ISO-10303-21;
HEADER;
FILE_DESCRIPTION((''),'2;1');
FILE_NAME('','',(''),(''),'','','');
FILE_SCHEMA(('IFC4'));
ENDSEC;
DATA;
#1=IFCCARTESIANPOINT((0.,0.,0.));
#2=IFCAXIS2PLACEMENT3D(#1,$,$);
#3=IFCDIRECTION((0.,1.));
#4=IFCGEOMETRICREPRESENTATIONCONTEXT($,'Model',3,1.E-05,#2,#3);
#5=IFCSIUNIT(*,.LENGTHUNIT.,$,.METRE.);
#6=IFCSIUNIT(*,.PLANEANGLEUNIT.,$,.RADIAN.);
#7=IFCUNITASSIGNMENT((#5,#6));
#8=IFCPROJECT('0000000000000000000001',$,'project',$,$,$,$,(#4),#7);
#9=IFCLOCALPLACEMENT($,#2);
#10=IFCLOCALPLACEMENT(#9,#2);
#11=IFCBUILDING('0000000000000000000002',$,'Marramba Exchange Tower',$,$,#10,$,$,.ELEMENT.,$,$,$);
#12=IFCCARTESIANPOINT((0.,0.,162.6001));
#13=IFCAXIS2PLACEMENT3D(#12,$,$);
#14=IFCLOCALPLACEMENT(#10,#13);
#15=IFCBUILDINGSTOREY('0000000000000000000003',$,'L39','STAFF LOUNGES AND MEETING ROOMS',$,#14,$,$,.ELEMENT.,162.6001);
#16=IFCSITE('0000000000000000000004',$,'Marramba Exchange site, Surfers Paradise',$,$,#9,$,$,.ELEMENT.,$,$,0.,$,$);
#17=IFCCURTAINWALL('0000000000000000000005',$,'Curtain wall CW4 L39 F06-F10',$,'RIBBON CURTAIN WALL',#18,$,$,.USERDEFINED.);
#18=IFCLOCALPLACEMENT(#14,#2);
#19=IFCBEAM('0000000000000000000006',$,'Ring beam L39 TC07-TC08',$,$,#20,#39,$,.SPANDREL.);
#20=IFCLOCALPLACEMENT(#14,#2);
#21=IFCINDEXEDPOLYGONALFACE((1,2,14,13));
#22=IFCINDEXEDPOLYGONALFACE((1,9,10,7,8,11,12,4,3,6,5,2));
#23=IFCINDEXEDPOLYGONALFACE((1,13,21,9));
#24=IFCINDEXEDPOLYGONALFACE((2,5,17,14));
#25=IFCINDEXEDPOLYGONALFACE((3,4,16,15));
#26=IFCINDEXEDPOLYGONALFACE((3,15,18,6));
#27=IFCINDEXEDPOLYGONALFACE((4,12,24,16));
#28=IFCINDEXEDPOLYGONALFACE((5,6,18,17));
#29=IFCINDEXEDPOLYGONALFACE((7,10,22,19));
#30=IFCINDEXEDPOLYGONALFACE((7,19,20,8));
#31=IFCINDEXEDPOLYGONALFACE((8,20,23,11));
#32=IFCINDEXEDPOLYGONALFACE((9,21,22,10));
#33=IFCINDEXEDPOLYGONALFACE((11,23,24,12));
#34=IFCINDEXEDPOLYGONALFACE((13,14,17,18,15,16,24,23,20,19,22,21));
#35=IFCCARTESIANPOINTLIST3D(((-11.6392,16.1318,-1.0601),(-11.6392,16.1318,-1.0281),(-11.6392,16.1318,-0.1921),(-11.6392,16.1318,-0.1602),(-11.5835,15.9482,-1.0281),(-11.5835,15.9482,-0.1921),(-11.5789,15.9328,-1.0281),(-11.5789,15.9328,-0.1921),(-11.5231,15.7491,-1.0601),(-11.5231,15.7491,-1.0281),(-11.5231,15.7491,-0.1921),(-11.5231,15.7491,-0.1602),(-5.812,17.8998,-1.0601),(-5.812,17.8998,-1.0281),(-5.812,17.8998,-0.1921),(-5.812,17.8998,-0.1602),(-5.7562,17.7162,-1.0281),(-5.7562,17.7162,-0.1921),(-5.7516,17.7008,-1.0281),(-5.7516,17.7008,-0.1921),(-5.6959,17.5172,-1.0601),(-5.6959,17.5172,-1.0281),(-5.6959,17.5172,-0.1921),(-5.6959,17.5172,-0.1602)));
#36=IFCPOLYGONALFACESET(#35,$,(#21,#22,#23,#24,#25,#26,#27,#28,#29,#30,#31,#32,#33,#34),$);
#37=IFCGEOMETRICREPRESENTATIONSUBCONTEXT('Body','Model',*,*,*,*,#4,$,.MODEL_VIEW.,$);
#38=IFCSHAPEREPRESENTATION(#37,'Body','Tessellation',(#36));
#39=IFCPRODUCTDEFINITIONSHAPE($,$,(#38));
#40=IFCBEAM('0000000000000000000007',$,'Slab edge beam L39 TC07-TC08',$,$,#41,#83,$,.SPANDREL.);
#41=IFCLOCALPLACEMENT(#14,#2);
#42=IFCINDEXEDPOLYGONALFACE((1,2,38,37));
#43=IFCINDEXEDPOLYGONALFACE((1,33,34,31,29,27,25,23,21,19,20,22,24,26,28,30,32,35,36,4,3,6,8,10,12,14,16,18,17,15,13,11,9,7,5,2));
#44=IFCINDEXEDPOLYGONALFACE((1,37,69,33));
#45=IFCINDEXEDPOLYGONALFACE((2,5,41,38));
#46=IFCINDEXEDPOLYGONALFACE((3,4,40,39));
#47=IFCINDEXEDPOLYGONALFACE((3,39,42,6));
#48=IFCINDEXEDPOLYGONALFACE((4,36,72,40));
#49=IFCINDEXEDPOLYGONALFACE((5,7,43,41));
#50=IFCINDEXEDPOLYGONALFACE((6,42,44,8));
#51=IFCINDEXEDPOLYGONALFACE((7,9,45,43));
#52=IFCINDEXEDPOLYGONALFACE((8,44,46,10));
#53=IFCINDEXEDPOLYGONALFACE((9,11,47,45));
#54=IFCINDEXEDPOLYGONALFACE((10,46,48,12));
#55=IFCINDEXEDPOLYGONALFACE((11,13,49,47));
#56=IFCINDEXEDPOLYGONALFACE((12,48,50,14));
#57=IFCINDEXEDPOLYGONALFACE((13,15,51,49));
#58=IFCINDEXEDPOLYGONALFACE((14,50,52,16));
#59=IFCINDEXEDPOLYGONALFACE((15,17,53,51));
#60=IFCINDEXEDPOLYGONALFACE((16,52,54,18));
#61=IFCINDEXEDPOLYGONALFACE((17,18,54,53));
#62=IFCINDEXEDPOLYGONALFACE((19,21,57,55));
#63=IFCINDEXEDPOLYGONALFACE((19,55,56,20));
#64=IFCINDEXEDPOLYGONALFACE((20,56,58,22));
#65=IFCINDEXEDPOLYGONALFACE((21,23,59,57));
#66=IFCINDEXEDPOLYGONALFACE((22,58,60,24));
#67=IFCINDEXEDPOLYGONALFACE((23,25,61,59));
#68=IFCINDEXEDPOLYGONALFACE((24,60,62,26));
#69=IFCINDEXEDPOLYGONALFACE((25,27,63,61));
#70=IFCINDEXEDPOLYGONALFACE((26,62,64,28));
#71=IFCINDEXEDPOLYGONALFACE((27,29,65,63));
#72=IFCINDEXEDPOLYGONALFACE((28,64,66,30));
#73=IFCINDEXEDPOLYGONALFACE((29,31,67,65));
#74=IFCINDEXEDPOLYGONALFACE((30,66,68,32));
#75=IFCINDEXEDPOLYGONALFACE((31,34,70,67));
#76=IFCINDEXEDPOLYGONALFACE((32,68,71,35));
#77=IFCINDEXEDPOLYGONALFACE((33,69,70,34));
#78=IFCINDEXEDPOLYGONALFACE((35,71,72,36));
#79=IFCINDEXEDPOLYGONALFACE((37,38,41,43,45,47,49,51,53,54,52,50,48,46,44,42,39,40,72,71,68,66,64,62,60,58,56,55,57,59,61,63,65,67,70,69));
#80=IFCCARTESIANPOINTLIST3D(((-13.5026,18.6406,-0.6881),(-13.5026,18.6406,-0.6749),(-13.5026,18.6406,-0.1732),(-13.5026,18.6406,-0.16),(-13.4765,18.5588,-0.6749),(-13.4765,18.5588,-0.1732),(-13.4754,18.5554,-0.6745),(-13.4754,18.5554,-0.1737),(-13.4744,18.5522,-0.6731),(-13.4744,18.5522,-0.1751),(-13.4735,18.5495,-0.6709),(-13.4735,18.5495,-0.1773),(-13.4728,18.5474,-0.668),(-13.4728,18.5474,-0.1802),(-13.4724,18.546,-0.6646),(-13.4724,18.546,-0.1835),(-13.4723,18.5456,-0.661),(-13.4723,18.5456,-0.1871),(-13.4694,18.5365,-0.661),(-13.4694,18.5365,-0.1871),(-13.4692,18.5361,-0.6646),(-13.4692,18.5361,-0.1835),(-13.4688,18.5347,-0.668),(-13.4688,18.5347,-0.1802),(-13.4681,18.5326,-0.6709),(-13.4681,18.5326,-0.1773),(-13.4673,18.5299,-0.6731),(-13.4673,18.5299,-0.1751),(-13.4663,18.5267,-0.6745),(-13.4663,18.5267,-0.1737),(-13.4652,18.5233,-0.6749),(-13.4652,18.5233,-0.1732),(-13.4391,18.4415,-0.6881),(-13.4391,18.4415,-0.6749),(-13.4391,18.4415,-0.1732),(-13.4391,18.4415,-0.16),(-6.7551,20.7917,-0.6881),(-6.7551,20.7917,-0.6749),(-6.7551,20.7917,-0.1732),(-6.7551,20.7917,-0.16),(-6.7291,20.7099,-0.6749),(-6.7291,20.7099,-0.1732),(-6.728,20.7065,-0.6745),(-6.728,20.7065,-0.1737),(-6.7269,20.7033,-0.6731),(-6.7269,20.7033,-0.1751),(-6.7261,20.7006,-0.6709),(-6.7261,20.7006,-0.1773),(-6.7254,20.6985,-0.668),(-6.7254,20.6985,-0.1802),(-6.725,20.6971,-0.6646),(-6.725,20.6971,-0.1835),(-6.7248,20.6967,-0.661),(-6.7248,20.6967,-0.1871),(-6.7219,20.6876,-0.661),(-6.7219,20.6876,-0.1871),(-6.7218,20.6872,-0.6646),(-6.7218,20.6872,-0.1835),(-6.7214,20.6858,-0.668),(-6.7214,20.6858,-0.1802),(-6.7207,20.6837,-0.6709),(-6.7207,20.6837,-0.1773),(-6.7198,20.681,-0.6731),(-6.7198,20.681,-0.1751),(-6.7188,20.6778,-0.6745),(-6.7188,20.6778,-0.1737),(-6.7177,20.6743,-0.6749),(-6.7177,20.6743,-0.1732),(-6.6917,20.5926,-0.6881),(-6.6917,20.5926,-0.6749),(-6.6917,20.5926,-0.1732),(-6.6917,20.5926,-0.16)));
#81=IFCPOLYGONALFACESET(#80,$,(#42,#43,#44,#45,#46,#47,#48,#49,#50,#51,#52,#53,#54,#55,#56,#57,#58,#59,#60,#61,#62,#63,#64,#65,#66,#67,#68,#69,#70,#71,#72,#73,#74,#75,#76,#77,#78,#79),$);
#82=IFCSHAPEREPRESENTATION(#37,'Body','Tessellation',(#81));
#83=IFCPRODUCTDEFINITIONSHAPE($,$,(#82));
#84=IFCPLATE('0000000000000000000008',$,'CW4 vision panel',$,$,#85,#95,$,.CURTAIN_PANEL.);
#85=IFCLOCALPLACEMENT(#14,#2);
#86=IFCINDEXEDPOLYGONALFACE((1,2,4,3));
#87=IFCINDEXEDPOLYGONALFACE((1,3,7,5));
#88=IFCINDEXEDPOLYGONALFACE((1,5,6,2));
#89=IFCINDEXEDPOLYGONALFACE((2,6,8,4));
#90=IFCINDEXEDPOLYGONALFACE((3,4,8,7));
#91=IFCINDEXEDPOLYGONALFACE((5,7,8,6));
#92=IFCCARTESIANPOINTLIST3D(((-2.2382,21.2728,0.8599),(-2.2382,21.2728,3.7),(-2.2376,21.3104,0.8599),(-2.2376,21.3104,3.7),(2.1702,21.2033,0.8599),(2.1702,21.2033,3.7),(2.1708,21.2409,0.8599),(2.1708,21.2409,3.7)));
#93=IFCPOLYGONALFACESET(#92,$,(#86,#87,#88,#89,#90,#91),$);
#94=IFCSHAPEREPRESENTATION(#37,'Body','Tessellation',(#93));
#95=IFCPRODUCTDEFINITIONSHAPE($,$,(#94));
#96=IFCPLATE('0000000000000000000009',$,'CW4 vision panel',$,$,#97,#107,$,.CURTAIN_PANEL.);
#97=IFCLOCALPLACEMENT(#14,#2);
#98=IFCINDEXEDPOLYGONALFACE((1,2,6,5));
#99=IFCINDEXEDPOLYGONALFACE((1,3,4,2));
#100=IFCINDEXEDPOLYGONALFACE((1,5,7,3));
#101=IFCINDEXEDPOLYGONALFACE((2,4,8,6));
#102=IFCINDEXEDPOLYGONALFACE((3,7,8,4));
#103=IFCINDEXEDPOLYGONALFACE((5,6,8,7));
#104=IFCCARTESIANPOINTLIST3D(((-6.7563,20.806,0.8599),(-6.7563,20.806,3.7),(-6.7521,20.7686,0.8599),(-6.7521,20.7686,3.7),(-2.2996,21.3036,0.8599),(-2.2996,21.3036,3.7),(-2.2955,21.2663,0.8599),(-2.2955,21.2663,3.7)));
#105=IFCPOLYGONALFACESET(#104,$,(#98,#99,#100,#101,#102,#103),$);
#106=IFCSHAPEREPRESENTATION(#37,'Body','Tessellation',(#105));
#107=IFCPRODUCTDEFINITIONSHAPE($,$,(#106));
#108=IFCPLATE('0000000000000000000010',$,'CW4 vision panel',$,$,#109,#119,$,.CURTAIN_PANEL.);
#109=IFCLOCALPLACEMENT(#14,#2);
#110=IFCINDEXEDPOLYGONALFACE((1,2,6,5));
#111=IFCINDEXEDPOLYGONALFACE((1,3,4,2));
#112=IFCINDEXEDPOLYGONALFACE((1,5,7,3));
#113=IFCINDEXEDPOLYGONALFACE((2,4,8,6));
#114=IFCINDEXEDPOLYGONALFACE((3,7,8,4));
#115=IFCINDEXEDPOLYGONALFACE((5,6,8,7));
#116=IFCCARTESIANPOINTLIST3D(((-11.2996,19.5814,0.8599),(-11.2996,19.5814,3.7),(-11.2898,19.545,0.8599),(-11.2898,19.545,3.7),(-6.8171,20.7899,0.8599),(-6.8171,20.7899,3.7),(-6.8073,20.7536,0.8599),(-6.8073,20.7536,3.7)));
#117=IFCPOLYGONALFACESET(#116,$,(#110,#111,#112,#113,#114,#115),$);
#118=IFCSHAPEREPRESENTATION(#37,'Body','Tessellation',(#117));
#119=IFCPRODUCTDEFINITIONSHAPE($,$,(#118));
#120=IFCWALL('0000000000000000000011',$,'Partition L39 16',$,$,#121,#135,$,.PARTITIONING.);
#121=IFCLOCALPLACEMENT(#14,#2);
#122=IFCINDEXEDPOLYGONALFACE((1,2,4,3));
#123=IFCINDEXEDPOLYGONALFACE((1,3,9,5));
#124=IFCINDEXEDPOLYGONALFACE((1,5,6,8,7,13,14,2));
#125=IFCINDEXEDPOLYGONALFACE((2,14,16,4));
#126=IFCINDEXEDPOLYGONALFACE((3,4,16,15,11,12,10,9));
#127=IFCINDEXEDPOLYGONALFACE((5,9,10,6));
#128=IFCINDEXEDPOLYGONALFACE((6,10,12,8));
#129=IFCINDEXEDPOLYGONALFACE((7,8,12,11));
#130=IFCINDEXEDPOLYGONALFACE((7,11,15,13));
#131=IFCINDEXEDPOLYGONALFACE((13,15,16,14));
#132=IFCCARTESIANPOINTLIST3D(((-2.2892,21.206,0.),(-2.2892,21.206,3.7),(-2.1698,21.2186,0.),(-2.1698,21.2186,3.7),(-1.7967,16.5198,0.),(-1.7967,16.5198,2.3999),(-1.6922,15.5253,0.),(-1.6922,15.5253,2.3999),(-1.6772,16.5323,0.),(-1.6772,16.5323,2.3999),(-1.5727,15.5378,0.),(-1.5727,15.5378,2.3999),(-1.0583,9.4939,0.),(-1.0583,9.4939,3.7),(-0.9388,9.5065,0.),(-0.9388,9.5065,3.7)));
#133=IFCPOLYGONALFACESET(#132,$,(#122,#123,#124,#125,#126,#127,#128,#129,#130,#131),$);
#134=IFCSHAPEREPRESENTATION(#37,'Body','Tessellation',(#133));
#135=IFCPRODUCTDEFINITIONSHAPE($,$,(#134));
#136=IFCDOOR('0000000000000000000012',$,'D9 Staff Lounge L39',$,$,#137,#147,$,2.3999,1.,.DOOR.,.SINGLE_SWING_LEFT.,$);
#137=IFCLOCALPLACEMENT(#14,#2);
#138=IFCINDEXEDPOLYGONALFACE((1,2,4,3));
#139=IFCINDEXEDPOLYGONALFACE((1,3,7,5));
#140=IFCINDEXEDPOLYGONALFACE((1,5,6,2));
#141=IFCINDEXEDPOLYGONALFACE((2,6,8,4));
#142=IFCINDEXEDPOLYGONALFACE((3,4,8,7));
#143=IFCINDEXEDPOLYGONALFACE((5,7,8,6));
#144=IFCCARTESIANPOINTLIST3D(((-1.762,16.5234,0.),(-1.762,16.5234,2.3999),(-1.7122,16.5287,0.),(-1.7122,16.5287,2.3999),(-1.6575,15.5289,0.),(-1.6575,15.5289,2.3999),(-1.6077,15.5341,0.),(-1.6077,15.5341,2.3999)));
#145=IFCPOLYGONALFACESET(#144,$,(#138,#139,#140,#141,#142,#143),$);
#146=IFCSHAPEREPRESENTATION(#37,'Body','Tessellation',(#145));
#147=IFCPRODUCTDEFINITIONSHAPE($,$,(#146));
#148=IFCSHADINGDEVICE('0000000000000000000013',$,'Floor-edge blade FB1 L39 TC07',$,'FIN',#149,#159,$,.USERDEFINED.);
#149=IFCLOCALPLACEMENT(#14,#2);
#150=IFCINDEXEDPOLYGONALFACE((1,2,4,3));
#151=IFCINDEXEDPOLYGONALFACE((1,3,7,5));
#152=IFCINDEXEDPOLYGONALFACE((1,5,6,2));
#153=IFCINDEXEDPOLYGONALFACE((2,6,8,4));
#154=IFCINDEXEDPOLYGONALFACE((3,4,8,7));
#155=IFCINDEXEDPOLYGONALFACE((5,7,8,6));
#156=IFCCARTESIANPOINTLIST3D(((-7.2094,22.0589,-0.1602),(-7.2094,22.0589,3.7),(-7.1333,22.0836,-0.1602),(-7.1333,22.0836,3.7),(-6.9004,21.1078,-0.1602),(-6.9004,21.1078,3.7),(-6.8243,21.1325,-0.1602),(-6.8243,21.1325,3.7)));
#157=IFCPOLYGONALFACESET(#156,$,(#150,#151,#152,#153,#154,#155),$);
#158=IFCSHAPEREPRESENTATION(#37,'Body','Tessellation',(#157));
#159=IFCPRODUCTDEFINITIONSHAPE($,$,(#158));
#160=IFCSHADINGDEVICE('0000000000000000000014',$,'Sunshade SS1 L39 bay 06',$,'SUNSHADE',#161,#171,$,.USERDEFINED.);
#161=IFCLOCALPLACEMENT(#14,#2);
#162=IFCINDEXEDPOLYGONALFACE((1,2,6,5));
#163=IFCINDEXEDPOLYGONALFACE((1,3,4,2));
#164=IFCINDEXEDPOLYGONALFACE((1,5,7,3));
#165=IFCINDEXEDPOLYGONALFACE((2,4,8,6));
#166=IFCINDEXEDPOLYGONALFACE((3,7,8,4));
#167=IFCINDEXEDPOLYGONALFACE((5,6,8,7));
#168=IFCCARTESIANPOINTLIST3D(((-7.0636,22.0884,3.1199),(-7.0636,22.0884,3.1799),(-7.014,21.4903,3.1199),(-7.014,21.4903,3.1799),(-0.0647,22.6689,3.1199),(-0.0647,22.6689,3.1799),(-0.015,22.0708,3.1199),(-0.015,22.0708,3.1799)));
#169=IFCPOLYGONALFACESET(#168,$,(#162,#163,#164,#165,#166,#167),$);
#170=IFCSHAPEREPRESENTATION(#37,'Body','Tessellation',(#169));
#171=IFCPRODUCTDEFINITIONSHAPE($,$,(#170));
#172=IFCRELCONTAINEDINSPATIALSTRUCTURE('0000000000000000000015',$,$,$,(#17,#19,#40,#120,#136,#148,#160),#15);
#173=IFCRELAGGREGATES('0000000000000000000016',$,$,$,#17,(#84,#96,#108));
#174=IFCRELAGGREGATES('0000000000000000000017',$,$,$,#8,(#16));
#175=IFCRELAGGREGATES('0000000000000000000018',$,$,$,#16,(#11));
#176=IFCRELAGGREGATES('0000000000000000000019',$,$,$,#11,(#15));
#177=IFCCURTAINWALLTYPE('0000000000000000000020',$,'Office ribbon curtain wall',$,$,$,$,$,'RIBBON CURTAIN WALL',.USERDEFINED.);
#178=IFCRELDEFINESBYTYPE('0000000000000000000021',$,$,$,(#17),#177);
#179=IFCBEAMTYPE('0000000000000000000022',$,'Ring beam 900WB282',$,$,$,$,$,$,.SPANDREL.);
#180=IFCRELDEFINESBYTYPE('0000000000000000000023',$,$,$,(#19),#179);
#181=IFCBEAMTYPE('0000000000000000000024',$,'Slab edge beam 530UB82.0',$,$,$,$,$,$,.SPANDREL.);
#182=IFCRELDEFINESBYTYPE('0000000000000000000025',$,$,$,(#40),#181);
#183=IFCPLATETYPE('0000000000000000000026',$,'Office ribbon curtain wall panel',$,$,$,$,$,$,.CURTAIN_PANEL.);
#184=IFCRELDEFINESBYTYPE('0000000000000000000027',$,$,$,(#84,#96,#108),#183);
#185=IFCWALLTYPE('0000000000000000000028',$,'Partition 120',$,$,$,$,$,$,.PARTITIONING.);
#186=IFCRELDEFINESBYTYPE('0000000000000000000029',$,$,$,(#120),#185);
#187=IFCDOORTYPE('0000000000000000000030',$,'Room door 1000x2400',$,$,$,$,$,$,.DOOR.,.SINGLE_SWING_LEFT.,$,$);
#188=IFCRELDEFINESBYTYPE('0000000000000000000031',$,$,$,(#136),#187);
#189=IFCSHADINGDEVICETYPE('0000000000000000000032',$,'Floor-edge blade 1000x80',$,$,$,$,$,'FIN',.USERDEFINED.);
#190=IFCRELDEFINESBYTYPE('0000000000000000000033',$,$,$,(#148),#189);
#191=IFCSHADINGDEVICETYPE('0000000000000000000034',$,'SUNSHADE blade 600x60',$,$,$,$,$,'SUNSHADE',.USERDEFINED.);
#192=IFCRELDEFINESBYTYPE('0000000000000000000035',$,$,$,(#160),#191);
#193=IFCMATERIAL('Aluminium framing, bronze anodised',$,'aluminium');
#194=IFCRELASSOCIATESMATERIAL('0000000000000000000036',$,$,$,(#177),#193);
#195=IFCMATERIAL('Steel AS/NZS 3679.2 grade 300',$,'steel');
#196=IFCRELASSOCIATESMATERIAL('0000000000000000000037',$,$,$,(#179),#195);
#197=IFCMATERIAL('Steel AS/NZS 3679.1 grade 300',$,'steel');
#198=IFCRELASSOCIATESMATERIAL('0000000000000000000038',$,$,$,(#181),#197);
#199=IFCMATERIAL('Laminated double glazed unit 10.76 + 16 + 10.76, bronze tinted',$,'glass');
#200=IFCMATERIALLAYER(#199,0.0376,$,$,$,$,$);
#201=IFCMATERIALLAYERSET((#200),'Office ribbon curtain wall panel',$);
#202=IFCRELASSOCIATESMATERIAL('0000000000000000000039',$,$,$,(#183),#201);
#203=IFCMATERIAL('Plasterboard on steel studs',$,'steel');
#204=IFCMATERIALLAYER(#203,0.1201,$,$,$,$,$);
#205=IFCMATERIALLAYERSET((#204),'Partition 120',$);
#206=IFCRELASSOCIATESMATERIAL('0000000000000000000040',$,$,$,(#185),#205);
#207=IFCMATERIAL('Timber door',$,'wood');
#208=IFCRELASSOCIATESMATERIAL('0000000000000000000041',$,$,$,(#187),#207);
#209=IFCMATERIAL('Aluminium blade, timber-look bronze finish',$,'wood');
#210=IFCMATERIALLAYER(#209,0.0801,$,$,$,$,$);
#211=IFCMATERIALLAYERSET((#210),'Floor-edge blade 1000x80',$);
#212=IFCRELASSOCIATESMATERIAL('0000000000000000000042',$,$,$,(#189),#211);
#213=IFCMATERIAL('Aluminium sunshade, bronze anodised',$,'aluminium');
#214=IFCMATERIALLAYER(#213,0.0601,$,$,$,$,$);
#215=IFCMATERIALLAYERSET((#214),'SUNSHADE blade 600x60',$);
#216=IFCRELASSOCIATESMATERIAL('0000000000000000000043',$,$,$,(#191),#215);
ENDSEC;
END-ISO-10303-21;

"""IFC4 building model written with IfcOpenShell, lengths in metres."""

from ifc_helpers import new_model, si_unit, direction, frame, frame_2d, origin, origin_2d, place, context, subcontext, project, spatial, rectangle, i_section, extrude, material, layer, layer_set, material_profile, profile_set, type_object, element, fill, aggregate, save


model = new_model("IFC4")

# Units and contexts
model_context = context("Model", 3, precision=1e-05, world=origin(), true_north=direction((0.0, 1.0)))
body_context = subcontext(model_context, "Body", "Model", "MODEL_VIEW")
ifc_project = project(units=[si_unit("LENGTHUNIT", "METRE"), si_unit("PLANEANGLEUNIT", "RADIAN")], contexts=[model_context])

# Site, building, storey
site_placement = place(None, origin())
site = spatial("IfcSite", under=ifc_project, at=site_placement, Name="Marramba Exchange site, Surfers Paradise", CompositionType="ELEMENT", RefElevation=0.0)
building_placement = place(site_placement, origin())
building = spatial("IfcBuilding", under=site, at=building_placement, Name="Marramba Exchange Tower", CompositionType="ELEMENT")
storey_placement = place(building_placement, frame((0.0, 0.0, 162.6001)))
storey = spatial("IfcBuildingStorey", under=building, at=storey_placement, Name="L39", Description="STAFF LOUNGES AND MEETING ROOMS", CompositionType="ELEMENT", Elevation=162.6001)

# Shared definitions
ifc_material_1 = material(Name="Steel AS/NZS 3679.2 grade 300", Category="steel")

# Curtain wall
ifc_material_2 = material(Name="Aluminium framing, bronze anodised", Category="aluminium")
curtain_wall_type = type_object("IfcCurtainWallType", Name="Office ribbon curtain wall", ElementType="RIBBON CURTAIN WALL", PredefinedType="USERDEFINED", material=ifc_material_2)
curtain_wall_1_placement = place(storey_placement, origin())
curtain_wall_1 = element("IfcCurtainWall", 1, at=curtain_wall_1_placement, inside=storey, type_object=curtain_wall_type, Name="Curtain wall CW4 L39 F06-F10", ObjectType="RIBBON CURTAIN WALL", PredefinedType="USERDEFINED")

# Beams
ifc_material_profile_1 = material_profile(ifc_material_1, i_section(OverallWidth=0.3999, OverallDepth=0.8999, WebThickness=0.0161, FlangeThickness=0.032, at=origin_2d()), Name="900WB282")
ifc_profile_set_1 = profile_set([ifc_material_profile_1], Name="Steel AS/NZS 3679.2 grade 300")
beam_type_1 = type_object("IfcBeamType", Name="Ring beam 900WB282", PredefinedType="SPANDREL", material=ifc_profile_set_1)
beam_1_placement = place(storey_placement, frame((-5.7539, 17.7085, -0.6101), z_axis=(-0.956925, -0.290337, 0.0), x_axis=(0.290337, -0.956925, 0.0)))
element("IfcBeam", 2, at=beam_1_placement, inside=storey, type_object=beam_type_1, Name="Ring beam L39 TC07-TC08", PredefinedType="SPANDREL", context=body_context, shape_type="SweptSolid", body=[
    extrude(i_section(OverallWidth=0.3999, OverallDepth=0.8999, WebThickness=0.0161, FlangeThickness=0.032, at=origin_2d()), origin(), (0.0, 0.0, 1.0), 6.0896),
])
ifc_material_3 = material(Name="Steel AS/NZS 3679.1 grade 300", Category="steel")
ifc_material_profile_2 = material_profile(ifc_material_3, i_section(OverallWidth=0.209, OverallDepth=0.5281, WebThickness=0.0095, FlangeThickness=0.0132, FilletRadius=0.0139, at=origin_2d()), Name="530UB82.0")
ifc_profile_set_2 = profile_set([ifc_material_profile_2], Name="Steel AS/NZS 3679.1 grade 300")
beam_type_2 = type_object("IfcBeamType", Name="Slab edge beam 530UB82.0", PredefinedType="SPANDREL", material=ifc_profile_set_2)
beam_2_placement = place(storey_placement, frame((-6.7234, 20.6921, -0.4241), z_axis=(-0.952755, -0.303739, 0.0), x_axis=(0.303739, -0.952755, 0.0)))
element("IfcBeam", 3, at=beam_2_placement, inside=storey, type_object=beam_type_2, Name="Slab edge beam L39 TC07-TC08", PredefinedType="SPANDREL", context=body_context, shape_type="SweptSolid", body=[
    extrude(i_section(OverallWidth=0.209, OverallDepth=0.5281, WebThickness=0.0095, FlangeThickness=0.0132, FilletRadius=0.0139, at=origin_2d()), origin(), (0.0, 0.0, 1.0), 7.082),
])

# Plates
ifc_material_4 = material(Name="Laminated double glazed unit 10.76 + 16 + 10.76, bronze tinted", Category="glass")
ifc_layer_1 = layer(ifc_material_4, 0.0376)
ifc_layer_set_1 = layer_set([ifc_layer_1], Name="Office ribbon curtain wall panel")
plate_type = type_object("IfcPlateType", Name="Office ribbon curtain wall panel", PredefinedType="CURTAIN_PANEL", material=ifc_layer_set_1)
plate_1_placement = place(storey_placement, frame((-0.0337, 21.2568, 0.8599), z_axis=(0.0, 0.0, 1.0), x_axis=(-0.999876, 0.015756, 0.0)))
plate_1 = element("IfcPlate", 4, at=plate_1_placement, type_object=plate_type, Name="CW4 vision panel", PredefinedType="CURTAIN_PANEL", context=body_context, shape_type="SweptSolid", body=[
    extrude(rectangle(XDim=4.4089, YDim=0.0376, at=origin_2d()), origin(), (0.0, 0.0, 1.0), 2.8401),
])
plate_2_placement = place(storey_placement, frame((-4.5259, 21.0361, 0.8599), z_axis=(0.0, 0.0, 1.0), x_axis=(-0.993823, -0.110973, 0.0)))
plate_2 = element("IfcPlate", 5, at=plate_2_placement, type_object=plate_type, Name="CW4 vision panel", PredefinedType="CURTAIN_PANEL", context=body_context, shape_type="SweptSolid", body=[
    extrude(rectangle(XDim=4.4844, YDim=0.0376, at=origin_2d()), origin(), (0.0, 0.0, 1.0), 2.8401),
])
plate_3_placement = place(storey_placement, frame((-9.0535, 20.1675, 0.8599), z_axis=(0.0, 0.0, 1.0), x_axis=(-0.965522, -0.260321, 0.0)))
plate_3 = element("IfcPlate", 6, at=plate_3_placement, type_object=plate_type, Name="CW4 vision panel", PredefinedType="CURTAIN_PANEL", context=body_context, shape_type="SweptSolid", body=[
    extrude(rectangle(XDim=4.6426, YDim=0.0376, at=origin_2d()), origin(), (0.0, 0.0, 1.0), 2.8401),
])
aggregate(curtain_wall_1, [plate_1, plate_2, plate_3])

# Wall, opening, door
ifc_material_5 = material(Name="Plasterboard on steel studs", Category="steel")
ifc_layer_2 = layer(ifc_material_5, 0.1201)
ifc_layer_set_2 = layer_set([ifc_layer_2], Name="Partition 120")
wall_type = type_object("IfcWallType", Name="Partition 120", PredefinedType="PARTITIONING", material=ifc_layer_set_2)
wall_placement = place(storey_placement, frame((-2.2295, 21.2122, 0.0), z_axis=(0.0, 0.0, 1.0), x_axis=(0.104525, -0.994522, 0.0)))
wall = element("IfcWall", 7, at=wall_placement, inside=storey, type_object=wall_type, Name="Partition L39 16", PredefinedType="PARTITIONING", context=body_context, shape_type="SweptSolid", body=[
    extrude(rectangle(XDim=11.7766, YDim=0.1201, at=frame_2d((5.8882, 0.0))), origin(), (0.0, 0.0, 1.0), 3.7),
])
opening_placement = place(wall_placement, frame((4.7119, 0.0, 0.0)))
opening = element("IfcOpeningElement", 8, at=opening_placement, cuts=wall, PredefinedType="OPENING", context=body_context, shape_type="SweptSolid", body=[
    extrude(rectangle(XDim=1.0, YDim=2.3999, at=frame_2d((0.5, 1.2))), frame((0.0, 0.0701, 0.0), z_axis=(0.0, -1.0, 0.0), x_axis=(1.0, 0.0, 0.0)), (0.0, 0.0, 1.0), 0.1401),
])
ifc_material_6 = material(Name="Timber door", Category="wood")
door_type = type_object("IfcDoorType", Name="Room door 1000x2400", OperationType="SINGLE_SWING_LEFT", PredefinedType="DOOR", material=ifc_material_6)
door_placement = place(opening_placement, origin())
door = element("IfcDoor", 9, at=door_placement, inside=storey, type_object=door_type, Name="D9 Staff Lounge L39", OperationType="SINGLE_SWING_LEFT", OverallHeight=2.3999, OverallWidth=1.0, PredefinedType="DOOR", context=body_context, shape_type="SweptSolid", body=[
    extrude(rectangle(XDim=1.0, YDim=2.3999, at=frame_2d((0.5, 1.2))), frame((0.0, 0.0249, 0.0), z_axis=(0.0, -1.0, 0.0), x_axis=(1.0, 0.0, 0.0)), (0.0, 0.0, 1.0), 0.05),
])
fill(opening, door)

# Shading devices
ifc_material_7 = material(Name="Aluminium blade, timber-look bronze finish", Category="wood")
ifc_layer_3 = layer(ifc_material_7, 0.0801)
ifc_layer_set_3 = layer_set([ifc_layer_3], Name="Floor-edge blade 1000x80")
shading_device_type_1 = type_object("IfcShadingDeviceType", Name="Floor-edge blade 1000x80", ElementType="FIN", PredefinedType="USERDEFINED", material=ifc_layer_set_3)
shading_device_1_placement = place(storey_placement, frame((-7.0168, 21.5957, -0.1602), z_axis=(0.0, 0.0, 1.0), x_axis=(-0.309017, 0.951057, 0.0)))
element("IfcShadingDevice", 10, at=shading_device_1_placement, inside=storey, type_object=shading_device_type_1, Name="Floor-edge blade FB1 L39 TC07", ObjectType="FIN", PredefinedType="USERDEFINED", context=body_context, shape_type="SweptSolid", body=[
    extrude(rectangle(XDim=1.0, YDim=0.0801, at=origin_2d()), origin(), (0.0, 0.0, 1.0), 3.8601),
])
ifc_material_8 = material(Name="Aluminium sunshade, bronze anodised", Category="aluminium")
ifc_layer_4 = layer(ifc_material_8, 0.0601)
ifc_layer_set_4 = layer_set([ifc_layer_4], Name="SUNSHADE blade 600x60")
shading_device_type_2 = type_object("IfcShadingDeviceType", Name="SUNSHADE blade 600x60", ElementType="SUNSHADE", PredefinedType="USERDEFINED", material=ifc_layer_set_4)
shading_device_2_placement = place(storey_placement, frame((-3.5393, 22.0796, 3.1199), z_axis=(0.0, 0.0, 1.0), x_axis=(-0.996578, -0.08266, 0.0)))
element("IfcShadingDevice", 11, at=shading_device_2_placement, inside=storey, type_object=shading_device_type_2, Name="Sunshade SS1 L39 bay 06", ObjectType="SUNSHADE", PredefinedType="USERDEFINED", context=body_context, shape_type="SweptSolid", body=[
    extrude(rectangle(XDim=7.0229, YDim=0.6001, at=origin_2d()), origin(), (0.0, 0.0, 1.0), 0.0601),
])

save(model, "model.ifc")
